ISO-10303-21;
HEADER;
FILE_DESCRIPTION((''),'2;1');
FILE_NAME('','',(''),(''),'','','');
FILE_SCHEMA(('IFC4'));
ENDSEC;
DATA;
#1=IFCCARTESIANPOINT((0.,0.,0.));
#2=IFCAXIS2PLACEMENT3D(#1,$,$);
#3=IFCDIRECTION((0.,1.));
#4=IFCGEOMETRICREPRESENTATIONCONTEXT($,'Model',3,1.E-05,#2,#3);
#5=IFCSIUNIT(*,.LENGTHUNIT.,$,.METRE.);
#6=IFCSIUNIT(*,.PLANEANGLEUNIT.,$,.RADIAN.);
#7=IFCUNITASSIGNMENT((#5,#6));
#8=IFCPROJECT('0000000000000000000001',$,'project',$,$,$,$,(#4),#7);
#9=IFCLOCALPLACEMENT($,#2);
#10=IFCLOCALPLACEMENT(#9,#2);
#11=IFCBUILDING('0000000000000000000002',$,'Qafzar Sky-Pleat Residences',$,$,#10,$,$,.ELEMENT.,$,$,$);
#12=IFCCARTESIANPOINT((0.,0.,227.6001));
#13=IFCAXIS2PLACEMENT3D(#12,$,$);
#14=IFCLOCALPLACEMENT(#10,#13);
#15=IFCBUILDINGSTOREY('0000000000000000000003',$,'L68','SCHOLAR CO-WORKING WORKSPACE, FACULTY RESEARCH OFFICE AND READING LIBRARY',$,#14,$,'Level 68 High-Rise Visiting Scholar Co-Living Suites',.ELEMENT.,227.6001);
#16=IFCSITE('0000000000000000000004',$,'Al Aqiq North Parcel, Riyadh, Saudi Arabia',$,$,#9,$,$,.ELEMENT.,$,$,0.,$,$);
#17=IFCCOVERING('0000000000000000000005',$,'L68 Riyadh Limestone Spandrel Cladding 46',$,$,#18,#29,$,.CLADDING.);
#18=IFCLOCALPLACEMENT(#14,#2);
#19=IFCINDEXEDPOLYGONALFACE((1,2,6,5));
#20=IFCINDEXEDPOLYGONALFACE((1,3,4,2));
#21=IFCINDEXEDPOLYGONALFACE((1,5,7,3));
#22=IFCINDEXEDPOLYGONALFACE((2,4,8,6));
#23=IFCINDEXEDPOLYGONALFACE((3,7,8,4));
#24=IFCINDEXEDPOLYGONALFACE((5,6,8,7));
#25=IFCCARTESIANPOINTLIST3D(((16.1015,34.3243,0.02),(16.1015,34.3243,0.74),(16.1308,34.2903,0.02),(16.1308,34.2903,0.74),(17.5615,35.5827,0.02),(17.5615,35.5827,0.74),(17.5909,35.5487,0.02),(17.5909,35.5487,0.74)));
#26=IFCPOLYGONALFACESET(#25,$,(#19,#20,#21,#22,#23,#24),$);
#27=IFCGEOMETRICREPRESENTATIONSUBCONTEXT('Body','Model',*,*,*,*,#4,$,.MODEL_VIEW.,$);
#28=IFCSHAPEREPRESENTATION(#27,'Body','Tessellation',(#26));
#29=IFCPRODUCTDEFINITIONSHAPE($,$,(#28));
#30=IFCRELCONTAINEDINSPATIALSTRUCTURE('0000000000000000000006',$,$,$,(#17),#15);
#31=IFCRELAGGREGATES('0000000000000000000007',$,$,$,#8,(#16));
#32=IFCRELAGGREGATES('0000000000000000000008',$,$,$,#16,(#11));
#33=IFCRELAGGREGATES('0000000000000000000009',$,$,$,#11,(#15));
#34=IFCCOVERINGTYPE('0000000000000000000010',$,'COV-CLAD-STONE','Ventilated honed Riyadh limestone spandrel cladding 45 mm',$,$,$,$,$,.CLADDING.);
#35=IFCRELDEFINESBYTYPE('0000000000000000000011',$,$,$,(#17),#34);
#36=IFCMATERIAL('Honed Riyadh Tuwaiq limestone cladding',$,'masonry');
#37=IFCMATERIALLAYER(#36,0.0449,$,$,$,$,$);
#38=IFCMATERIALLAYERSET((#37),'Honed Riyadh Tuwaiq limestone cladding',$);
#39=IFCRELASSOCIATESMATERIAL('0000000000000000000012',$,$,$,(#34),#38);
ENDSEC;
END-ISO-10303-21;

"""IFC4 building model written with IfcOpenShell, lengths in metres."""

from ifc_helpers import new_model, si_unit, direction, frame, origin, origin_2d, place, context, subcontext, project, spatial, rectangle, extrude, source, transform, mapped, material, layer, layer_set, type_object, element, save


model = new_model("IFC4")

# Units and contexts
model_context = context("Model", 3, precision=1e-05, world=origin(), true_north=direction((0.0, 1.0)))
body_context = subcontext(model_context, "Body", "Model", "MODEL_VIEW")
ifc_project = project(units=[si_unit("LENGTHUNIT", "METRE"), si_unit("PLANEANGLEUNIT", "RADIAN")], contexts=[model_context])

# Site, building, storey
site_placement = place(None, origin())
site = spatial("IfcSite", under=ifc_project, at=site_placement, Name="Al Aqiq North Parcel, Riyadh, Saudi Arabia", CompositionType="ELEMENT", RefElevation=0.0)
building_placement = place(site_placement, origin())
building = spatial("IfcBuilding", under=site, at=building_placement, Name="Qafzar Sky-Pleat Residences", CompositionType="ELEMENT")
storey_placement = place(building_placement, frame((0.0, 0.0, 227.6001)))
storey = spatial("IfcBuildingStorey", under=building, at=storey_placement, Name="L68", Description="SCHOLAR CO-WORKING WORKSPACE, FACULTY RESEARCH OFFICE AND READING LIBRARY", LongName="Level 68 High-Rise Visiting Scholar Co-Living Suites", CompositionType="ELEMENT", Elevation=227.6001)

# Covering
ifc_material_1 = material(Name="Honed Riyadh Tuwaiq limestone cladding", Category="masonry")
ifc_layer_1 = layer(ifc_material_1, 0.0449)
ifc_layer_set_1 = layer_set([ifc_layer_1], Name="Honed Riyadh Tuwaiq limestone cladding")
covering_type = type_object("IfcCoveringType", Name="COV-CLAD-STONE", Description="Ventilated honed Riyadh limestone spandrel cladding 45 mm", PredefinedType="CLADDING", material=ifc_layer_set_1)
shared_shape_1 = source(origin(), body_context, "Body", "SweptSolid", [
    extrude(rectangle(XDim=1.9275, YDim=0.0449, at=origin_2d()), origin(), (0.0, 0.0, 1.0), 0.72),
])
covering_placement = place(storey_placement, frame((16.8462, 34.9365, 0.02), z_axis=(0.0, 0.0, 1.0), x_axis=(-0.75747, -0.652869, 0.0)))
element("IfcCovering", 1, at=covering_placement, inside=storey, type_object=covering_type, Name="L68 Riyadh Limestone Spandrel Cladding 46", PredefinedType="CLADDING", context=body_context, shape_type="MappedRepresentation", body=[
    mapped(shared_shape_1, transform((0.0, 0.0, 0.0), x_axis=(1.0, 0.0, 0.0), y_axis=(0.0, 1.0, 0.0), z_axis=(0.0, 0.0, 1.0), scale=1.0)),
])

save(model, "model.ifc")
